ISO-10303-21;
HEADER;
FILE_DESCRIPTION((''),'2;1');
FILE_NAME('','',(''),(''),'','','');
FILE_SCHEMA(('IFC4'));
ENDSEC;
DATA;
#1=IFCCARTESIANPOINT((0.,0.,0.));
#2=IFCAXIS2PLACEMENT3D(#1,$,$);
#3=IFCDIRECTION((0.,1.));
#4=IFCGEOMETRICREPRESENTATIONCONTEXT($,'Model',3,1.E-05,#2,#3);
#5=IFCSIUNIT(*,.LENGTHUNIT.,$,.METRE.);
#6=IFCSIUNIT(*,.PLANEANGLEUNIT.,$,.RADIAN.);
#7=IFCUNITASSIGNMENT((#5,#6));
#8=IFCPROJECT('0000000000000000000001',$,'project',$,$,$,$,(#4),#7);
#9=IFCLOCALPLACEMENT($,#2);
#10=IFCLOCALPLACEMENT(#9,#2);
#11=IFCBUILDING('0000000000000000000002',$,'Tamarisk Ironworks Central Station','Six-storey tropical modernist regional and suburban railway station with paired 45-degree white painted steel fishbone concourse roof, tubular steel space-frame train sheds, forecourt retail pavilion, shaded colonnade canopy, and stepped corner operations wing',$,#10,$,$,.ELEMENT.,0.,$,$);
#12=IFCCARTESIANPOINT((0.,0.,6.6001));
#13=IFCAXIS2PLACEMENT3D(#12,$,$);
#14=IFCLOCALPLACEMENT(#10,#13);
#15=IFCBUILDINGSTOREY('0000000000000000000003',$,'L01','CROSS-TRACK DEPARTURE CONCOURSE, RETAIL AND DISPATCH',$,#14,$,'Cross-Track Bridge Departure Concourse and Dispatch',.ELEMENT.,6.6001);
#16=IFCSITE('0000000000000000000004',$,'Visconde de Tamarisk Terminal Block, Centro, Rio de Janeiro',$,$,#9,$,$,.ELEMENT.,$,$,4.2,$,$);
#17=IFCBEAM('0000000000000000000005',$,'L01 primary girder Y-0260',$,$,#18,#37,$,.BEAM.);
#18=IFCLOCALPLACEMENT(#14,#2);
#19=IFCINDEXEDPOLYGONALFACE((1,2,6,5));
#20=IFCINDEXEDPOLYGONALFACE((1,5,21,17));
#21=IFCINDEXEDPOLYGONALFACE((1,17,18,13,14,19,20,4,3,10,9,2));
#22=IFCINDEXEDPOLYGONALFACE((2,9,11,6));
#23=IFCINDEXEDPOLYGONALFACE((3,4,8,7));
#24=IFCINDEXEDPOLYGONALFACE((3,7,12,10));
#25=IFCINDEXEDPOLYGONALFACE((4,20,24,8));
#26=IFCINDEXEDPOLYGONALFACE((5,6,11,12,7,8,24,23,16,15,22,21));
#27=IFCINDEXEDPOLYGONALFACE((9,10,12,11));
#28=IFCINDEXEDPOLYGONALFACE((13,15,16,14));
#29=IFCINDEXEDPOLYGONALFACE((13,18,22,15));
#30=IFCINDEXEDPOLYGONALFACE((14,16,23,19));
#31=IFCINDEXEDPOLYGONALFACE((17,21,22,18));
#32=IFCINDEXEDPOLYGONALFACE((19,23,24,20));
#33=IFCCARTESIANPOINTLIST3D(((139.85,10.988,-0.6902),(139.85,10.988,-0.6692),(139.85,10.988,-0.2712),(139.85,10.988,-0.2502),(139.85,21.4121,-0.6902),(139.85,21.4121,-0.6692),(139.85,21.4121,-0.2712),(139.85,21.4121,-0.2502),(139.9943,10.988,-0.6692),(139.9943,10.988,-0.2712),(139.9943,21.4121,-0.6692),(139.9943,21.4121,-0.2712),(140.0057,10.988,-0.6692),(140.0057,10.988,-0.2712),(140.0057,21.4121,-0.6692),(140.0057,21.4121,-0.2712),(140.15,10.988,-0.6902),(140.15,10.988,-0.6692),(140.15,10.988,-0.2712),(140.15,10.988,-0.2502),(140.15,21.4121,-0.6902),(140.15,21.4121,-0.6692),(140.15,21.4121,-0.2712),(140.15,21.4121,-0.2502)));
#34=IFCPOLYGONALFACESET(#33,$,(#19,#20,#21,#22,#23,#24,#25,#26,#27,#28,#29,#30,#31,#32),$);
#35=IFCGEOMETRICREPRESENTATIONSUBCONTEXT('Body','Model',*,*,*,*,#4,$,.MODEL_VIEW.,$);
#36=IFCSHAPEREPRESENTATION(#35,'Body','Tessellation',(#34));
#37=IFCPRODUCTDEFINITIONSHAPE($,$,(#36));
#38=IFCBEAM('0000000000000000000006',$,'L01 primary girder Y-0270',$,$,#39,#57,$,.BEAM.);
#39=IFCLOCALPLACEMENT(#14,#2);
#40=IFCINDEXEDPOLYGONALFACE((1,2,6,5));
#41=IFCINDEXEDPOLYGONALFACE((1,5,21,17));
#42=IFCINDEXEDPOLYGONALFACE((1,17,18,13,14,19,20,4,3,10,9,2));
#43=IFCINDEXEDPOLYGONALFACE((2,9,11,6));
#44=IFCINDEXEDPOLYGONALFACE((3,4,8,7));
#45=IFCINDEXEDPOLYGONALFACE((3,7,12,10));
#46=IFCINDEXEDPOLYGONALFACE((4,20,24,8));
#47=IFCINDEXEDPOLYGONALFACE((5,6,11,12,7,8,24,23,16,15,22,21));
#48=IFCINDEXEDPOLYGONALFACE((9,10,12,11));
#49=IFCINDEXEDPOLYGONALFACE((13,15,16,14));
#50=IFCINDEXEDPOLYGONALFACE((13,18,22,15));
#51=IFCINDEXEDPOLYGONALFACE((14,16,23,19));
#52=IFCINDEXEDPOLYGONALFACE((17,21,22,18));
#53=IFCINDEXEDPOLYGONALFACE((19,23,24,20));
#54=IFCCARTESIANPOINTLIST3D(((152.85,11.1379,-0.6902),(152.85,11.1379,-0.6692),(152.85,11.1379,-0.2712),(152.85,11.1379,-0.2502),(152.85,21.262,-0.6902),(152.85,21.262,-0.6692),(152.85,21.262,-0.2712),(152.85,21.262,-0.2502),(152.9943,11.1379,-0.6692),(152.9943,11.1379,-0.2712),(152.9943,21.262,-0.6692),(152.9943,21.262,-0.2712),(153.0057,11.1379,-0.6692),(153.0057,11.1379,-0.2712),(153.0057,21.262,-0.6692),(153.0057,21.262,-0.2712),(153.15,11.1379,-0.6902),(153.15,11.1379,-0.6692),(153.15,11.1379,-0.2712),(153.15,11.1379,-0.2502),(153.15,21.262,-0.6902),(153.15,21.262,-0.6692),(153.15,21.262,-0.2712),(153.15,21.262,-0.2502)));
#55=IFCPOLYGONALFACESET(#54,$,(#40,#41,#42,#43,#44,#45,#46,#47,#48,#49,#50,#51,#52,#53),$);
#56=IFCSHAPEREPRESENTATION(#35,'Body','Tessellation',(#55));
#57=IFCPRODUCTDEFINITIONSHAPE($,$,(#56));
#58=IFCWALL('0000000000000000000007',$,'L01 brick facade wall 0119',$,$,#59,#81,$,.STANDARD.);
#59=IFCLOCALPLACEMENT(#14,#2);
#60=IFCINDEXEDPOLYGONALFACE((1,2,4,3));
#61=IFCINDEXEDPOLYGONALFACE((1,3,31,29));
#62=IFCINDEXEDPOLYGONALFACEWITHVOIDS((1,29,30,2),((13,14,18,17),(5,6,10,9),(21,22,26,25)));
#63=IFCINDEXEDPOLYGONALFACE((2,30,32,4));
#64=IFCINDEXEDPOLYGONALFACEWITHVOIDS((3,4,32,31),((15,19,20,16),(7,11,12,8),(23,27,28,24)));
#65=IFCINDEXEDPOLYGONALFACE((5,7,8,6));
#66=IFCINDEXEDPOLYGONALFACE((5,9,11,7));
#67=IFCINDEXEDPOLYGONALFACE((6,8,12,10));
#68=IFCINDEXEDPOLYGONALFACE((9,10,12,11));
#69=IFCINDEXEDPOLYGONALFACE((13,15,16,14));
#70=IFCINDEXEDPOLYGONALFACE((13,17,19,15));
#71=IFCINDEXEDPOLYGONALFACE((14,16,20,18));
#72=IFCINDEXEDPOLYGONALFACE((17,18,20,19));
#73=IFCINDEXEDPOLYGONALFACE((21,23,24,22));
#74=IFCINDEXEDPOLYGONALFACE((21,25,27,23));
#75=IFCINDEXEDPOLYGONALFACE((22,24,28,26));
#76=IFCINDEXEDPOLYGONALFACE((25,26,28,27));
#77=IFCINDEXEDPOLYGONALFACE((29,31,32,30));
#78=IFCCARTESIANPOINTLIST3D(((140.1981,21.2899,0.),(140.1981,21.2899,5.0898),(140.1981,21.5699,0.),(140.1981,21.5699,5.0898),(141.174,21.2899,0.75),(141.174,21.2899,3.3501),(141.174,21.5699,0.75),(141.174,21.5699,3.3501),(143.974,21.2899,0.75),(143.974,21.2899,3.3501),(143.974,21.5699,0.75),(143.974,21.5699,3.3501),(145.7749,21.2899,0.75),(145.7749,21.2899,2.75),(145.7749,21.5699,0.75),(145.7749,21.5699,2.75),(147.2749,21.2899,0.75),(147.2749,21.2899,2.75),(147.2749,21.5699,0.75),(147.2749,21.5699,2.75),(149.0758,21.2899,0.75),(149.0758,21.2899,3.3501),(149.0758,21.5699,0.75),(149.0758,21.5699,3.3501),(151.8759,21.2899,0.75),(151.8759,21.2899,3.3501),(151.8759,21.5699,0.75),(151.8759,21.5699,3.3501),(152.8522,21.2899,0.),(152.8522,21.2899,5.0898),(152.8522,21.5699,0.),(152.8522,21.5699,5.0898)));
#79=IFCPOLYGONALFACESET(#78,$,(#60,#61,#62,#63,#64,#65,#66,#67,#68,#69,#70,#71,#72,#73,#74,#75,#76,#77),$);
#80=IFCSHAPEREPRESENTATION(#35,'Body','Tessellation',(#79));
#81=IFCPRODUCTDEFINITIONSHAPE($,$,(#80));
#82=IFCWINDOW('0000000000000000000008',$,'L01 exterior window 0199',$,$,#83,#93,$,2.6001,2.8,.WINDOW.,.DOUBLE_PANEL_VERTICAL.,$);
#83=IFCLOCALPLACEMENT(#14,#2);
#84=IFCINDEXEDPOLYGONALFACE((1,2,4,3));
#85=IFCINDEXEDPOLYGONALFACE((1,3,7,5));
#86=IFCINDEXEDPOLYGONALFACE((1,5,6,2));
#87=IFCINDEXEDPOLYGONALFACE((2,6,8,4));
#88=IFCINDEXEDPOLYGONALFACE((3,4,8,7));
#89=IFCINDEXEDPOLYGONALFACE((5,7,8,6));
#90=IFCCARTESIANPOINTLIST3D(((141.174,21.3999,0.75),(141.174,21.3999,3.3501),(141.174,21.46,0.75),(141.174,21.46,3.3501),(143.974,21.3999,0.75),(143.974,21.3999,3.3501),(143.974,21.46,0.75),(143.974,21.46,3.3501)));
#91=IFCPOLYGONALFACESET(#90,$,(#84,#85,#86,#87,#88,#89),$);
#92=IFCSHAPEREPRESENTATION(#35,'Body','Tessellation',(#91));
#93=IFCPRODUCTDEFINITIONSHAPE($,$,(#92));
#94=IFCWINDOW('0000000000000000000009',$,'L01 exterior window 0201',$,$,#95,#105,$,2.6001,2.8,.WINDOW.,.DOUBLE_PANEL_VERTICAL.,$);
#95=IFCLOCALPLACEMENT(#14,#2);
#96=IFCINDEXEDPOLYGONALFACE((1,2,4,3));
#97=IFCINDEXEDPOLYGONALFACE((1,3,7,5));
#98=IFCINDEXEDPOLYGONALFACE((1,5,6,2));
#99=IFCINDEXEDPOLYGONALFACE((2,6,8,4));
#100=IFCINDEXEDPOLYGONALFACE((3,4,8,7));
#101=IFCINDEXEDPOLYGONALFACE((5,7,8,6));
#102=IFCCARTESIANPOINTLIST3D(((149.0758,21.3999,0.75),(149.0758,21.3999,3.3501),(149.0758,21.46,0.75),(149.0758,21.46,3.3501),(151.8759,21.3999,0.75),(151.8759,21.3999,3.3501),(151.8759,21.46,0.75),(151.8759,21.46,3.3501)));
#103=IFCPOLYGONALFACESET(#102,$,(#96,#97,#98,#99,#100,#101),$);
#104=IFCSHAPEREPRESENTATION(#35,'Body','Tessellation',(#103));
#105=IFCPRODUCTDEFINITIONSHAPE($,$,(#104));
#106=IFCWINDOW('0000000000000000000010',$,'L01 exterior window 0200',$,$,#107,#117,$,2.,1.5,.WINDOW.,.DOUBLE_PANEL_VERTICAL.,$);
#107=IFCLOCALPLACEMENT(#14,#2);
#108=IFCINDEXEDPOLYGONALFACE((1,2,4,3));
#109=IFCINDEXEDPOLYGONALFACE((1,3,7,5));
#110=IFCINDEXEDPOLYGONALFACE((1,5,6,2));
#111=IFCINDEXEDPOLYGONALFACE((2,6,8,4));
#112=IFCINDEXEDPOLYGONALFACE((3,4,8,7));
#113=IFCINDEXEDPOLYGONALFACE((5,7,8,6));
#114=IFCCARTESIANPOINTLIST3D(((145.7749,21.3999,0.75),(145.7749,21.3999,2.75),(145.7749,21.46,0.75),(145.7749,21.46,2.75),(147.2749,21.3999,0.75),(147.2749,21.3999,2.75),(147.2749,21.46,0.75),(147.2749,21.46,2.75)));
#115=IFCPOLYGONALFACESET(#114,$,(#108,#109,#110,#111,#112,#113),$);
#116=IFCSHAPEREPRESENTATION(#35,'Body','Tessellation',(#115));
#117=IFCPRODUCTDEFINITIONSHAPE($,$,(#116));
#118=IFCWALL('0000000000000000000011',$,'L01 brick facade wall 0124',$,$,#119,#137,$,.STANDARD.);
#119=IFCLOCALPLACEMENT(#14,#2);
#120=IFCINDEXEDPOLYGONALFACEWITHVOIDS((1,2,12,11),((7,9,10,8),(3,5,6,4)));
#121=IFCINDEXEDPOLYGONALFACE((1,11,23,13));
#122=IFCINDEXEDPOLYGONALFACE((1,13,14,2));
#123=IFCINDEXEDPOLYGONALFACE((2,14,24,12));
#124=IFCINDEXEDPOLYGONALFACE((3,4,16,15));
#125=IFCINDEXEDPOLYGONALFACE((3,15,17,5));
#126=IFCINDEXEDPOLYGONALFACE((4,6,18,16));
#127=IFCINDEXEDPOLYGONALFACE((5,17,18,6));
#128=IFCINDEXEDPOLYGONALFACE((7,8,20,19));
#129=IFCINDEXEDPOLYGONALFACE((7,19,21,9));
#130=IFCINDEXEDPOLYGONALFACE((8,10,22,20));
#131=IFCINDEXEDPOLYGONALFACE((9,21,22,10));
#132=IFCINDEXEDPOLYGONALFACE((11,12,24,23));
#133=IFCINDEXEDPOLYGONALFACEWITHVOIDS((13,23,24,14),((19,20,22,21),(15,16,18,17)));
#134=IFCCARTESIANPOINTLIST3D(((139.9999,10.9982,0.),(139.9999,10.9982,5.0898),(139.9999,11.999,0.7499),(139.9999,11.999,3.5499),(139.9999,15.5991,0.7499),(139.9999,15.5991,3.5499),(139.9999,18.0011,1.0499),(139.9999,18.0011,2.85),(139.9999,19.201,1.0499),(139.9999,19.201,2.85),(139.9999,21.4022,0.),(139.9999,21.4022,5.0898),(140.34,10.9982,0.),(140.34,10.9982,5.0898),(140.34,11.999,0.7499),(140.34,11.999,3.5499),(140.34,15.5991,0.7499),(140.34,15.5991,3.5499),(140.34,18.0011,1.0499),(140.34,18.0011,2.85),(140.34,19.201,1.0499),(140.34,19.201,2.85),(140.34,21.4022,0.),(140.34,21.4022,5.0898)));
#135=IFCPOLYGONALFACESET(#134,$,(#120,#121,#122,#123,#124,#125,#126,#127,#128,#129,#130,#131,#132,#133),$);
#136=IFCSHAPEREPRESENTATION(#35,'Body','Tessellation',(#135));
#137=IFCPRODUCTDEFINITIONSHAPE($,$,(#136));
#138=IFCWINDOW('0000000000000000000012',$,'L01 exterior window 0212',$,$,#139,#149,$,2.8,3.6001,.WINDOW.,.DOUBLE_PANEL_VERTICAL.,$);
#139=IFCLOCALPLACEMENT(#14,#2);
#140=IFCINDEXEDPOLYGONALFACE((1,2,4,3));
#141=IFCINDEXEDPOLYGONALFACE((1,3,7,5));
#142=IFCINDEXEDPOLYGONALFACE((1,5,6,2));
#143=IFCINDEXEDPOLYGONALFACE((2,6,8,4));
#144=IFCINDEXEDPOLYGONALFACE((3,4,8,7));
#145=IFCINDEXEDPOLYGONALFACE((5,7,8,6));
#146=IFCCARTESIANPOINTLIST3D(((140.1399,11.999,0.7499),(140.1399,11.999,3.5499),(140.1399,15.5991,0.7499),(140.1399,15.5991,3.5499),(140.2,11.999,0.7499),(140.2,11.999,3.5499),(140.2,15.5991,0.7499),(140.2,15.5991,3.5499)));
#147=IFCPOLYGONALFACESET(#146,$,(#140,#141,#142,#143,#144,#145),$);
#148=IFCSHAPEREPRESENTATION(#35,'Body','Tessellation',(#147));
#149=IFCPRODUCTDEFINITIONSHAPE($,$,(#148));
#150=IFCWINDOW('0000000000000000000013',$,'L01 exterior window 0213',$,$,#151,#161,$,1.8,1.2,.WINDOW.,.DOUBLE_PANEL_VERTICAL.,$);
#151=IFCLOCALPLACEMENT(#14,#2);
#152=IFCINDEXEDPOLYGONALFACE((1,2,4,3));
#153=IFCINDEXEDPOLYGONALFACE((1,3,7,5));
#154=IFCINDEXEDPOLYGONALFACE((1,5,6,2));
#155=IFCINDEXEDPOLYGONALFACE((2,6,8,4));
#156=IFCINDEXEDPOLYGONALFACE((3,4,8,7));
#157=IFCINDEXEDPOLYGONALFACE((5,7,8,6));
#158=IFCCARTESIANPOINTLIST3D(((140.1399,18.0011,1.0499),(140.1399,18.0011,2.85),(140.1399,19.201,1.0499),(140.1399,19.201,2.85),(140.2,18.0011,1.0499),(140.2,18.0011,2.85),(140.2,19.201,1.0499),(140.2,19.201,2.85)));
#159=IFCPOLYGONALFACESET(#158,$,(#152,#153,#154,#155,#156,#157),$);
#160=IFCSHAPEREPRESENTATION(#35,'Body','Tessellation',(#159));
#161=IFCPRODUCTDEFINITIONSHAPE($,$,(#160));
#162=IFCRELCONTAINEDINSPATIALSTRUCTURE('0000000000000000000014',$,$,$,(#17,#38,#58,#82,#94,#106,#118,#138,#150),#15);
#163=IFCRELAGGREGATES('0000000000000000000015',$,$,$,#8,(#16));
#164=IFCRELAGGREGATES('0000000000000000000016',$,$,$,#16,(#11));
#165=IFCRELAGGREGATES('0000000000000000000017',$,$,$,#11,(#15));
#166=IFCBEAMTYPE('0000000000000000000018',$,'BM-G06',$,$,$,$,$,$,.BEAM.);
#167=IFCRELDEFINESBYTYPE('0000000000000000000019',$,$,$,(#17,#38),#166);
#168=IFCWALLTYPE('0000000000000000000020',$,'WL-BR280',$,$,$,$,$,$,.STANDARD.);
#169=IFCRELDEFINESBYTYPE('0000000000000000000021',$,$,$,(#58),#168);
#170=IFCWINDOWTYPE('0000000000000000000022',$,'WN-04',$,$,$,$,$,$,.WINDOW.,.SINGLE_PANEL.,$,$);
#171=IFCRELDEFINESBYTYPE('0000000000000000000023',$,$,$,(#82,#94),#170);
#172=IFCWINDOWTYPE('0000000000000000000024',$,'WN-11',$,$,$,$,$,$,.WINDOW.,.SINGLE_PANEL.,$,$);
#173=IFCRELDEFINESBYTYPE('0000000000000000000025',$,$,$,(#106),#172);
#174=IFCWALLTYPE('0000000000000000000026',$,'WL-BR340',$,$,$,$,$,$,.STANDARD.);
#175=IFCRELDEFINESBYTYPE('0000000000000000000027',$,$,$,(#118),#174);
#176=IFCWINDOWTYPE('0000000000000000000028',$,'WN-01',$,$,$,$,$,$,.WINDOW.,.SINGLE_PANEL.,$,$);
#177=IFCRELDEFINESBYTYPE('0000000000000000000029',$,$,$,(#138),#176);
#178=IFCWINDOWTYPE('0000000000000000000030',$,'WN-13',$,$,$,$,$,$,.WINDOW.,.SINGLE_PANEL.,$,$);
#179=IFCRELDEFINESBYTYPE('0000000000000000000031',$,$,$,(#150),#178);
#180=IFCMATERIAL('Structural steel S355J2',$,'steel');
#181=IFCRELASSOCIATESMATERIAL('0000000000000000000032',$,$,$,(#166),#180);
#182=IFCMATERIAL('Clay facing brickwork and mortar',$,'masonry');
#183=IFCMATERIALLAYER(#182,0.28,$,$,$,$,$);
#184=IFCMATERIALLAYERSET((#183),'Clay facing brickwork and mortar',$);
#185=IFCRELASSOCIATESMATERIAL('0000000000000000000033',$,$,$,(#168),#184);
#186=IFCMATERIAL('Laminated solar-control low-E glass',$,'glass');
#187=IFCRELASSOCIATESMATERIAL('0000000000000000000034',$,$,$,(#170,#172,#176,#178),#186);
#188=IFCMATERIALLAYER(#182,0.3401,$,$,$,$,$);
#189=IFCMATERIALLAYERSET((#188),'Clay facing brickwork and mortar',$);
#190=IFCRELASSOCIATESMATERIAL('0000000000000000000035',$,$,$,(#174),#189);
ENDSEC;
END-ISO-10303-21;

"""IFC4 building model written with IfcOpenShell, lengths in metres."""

from ifc_helpers import new_model, si_unit, direction, frame, frame_2d, origin, origin_2d, place, context, subcontext, project, spatial, rectangle, i_section, extrude, material, layer, layer_set, material_profile, profile_set, type_object, element, fill, save


model = new_model("IFC4")

# Units and contexts
model_context = context("Model", 3, precision=1e-05, world=origin(), true_north=direction((0.0, 1.0)))
body_context = subcontext(model_context, "Body", "Model", "MODEL_VIEW")
ifc_project = project(units=[si_unit("LENGTHUNIT", "METRE"), si_unit("PLANEANGLEUNIT", "RADIAN")], contexts=[model_context])

# Site, building, storey
site_placement = place(None, origin())
site = spatial("IfcSite", under=ifc_project, at=site_placement, Name="Visconde de Tamarisk Terminal Block, Centro, Rio de Janeiro", CompositionType="ELEMENT", RefElevation=4.2)
building_placement = place(site_placement, origin())
building = spatial("IfcBuilding", under=site, at=building_placement, Name="Tamarisk Ironworks Central Station", Description="Six-storey tropical modernist regional and suburban railway station with paired 45-degree white painted steel fishbone concourse roof, tubular steel space-frame train sheds, forecourt retail pavilion, shaded colonnade canopy, and stepped corner operations wing", CompositionType="ELEMENT", ElevationOfRefHeight=0.0)
storey_placement = place(building_placement, frame((0.0, 0.0, 6.6001)))
storey = spatial("IfcBuildingStorey", under=building, at=storey_placement, Name="L01", Description="CROSS-TRACK DEPARTURE CONCOURSE, RETAIL AND DISPATCH", LongName="Cross-Track Bridge Departure Concourse and Dispatch", CompositionType="ELEMENT", Elevation=6.6001)

# Shared definitions
ifc_material_1 = material(Name="Structural steel S355J2", Category="steel")

# Beams
ifc_material_profile_1 = material_profile(ifc_material_1, i_section(OverallWidth=0.3, OverallDepth=0.4399, WebThickness=0.0115, FlangeThickness=0.021, at=origin_2d()), Name="HEA 450")
ifc_profile_set_1 = profile_set([ifc_material_profile_1], Name="Structural steel S355J2")
beam_type_1 = type_object("IfcBeamType", Name="BM-G06", PredefinedType="BEAM", material=ifc_profile_set_1)
beam_1_placement = place(storey_placement, frame((140.0, 10.988, -0.4702), z_axis=(0.0, 1.0, 0.0), x_axis=(-1.0, 0.0, 0.0)))
element("IfcBeam", 1, at=beam_1_placement, inside=storey, type_object=beam_type_1, Name="L01 primary girder Y-0260", PredefinedType="BEAM", context=body_context, shape_type="SweptSolid", body=[
    extrude(i_section(OverallWidth=0.3, OverallDepth=0.4399, WebThickness=0.0115, FlangeThickness=0.021, at=origin_2d()), origin(), (0.0, 0.0, 1.0), 10.4241),
])
beam_2_placement = place(storey_placement, frame((153.0, 11.1379, -0.4702), z_axis=(0.0, 1.0, 0.0), x_axis=(-1.0, 0.0, 0.0)))
element("IfcBeam", 2, at=beam_2_placement, inside=storey, type_object=beam_type_1, Name="L01 primary girder Y-0270", PredefinedType="BEAM", context=body_context, shape_type="SweptSolid", body=[
    extrude(i_section(OverallWidth=0.3, OverallDepth=0.4399, WebThickness=0.0115, FlangeThickness=0.021, at=origin_2d()), origin(), (0.0, 0.0, 1.0), 10.124),
])

# Walls, openings, windows
ifc_material_2 = material(Name="Clay facing brickwork and mortar", Category="masonry")
ifc_layer_1 = layer(ifc_material_2, 0.28)
ifc_layer_set_1 = layer_set([ifc_layer_1], Name="Clay facing brickwork and mortar")
wall_type_1 = type_object("IfcWallType", Name="WL-BR280", PredefinedType="STANDARD", material=ifc_layer_set_1)
wall_1_placement = place(storey_placement, frame((140.198, 21.4299, 0.0), z_axis=(0.0, 0.0, 1.0), x_axis=(1.0, 0.0, 0.0)))
wall_1 = element("IfcWall", 3, at=wall_1_placement, inside=storey, type_object=wall_type_1, Name="L01 brick facade wall 0119", PredefinedType="STANDARD", context=body_context, shape_type="SweptSolid", body=[
    extrude(rectangle(XDim=12.6541, YDim=0.28, at=frame_2d((6.3271, 0.0))), origin(), (0.0, 0.0, 1.0), 5.0898),
])
opening_1_placement = place(wall_1_placement, frame((0.9761, 0.0, 0.75)))
opening_1 = element("IfcOpeningElement", 4, at=opening_1_placement, cuts=wall_1, PredefinedType="OPENING", context=body_context, shape_type="SweptSolid", body=[
    extrude(rectangle(XDim=2.8, YDim=2.6001, at=frame_2d((1.3999, 1.3))), frame((0.0, 0.1519, 0.0), z_axis=(0.0, -1.0, 0.0), x_axis=(1.0, 0.0, 0.0)), (0.0, 0.0, 1.0), 0.304),
])
opening_2_placement = place(wall_1_placement, frame((5.5769, 0.0, 0.75)))
opening_2 = element("IfcOpeningElement", 5, at=opening_2_placement, cuts=wall_1, PredefinedType="OPENING", context=body_context, shape_type="SweptSolid", body=[
    extrude(rectangle(XDim=1.5, YDim=2.0, at=frame_2d((0.75, 1.0))), frame((0.0, 0.1519, 0.0), z_axis=(0.0, -1.0, 0.0), x_axis=(1.0, 0.0, 0.0)), (0.0, 0.0, 1.0), 0.304),
])
opening_3_placement = place(wall_1_placement, frame((8.8779, 0.0, 0.75)))
opening_3 = element("IfcOpeningElement", 6, at=opening_3_placement, cuts=wall_1, PredefinedType="OPENING", context=body_context, shape_type="SweptSolid", body=[
    extrude(rectangle(XDim=2.8, YDim=2.6001, at=frame_2d((1.3999, 1.3))), frame((0.0, 0.1519, 0.0), z_axis=(0.0, -1.0, 0.0), x_axis=(1.0, 0.0, 0.0)), (0.0, 0.0, 1.0), 0.304),
])
ifc_material_3 = material(Name="Laminated solar-control low-E glass", Category="glass")
window_type_1 = type_object("IfcWindowType", Name="WN-04", PartitioningType="SINGLE_PANEL", PredefinedType="WINDOW", material=ifc_material_3)
window_1_placement = place(opening_1_placement, origin())
window_1 = element("IfcWindow", 7, at=window_1_placement, inside=storey, type_object=window_type_1, Name="L01 exterior window 0199", OverallHeight=2.6001, OverallWidth=2.8, PartitioningType="DOUBLE_PANEL_VERTICAL", PredefinedType="WINDOW", context=body_context, shape_type="SweptSolid", body=[
    extrude(rectangle(XDim=2.8, YDim=2.6001, at=frame_2d((1.3999, 1.3))), frame((0.0, 0.03, 0.0), z_axis=(0.0, -1.0, 0.0), x_axis=(1.0, 0.0, 0.0)), (0.0, 0.0, 1.0), 0.0601),
])
fill(opening_1, window_1)
window_2_placement = place(opening_3_placement, origin())
window_2 = element("IfcWindow", 8, at=window_2_placement, inside=storey, type_object=window_type_1, Name="L01 exterior window 0201", OverallHeight=2.6001, OverallWidth=2.8, PartitioningType="DOUBLE_PANEL_VERTICAL", PredefinedType="WINDOW", context=body_context, shape_type="SweptSolid", body=[
    extrude(rectangle(XDim=2.8, YDim=2.6001, at=frame_2d((1.3999, 1.3))), frame((0.0, 0.03, 0.0), z_axis=(0.0, -1.0, 0.0), x_axis=(1.0, 0.0, 0.0)), (0.0, 0.0, 1.0), 0.0601),
])
fill(opening_3, window_2)
window_type_2 = type_object("IfcWindowType", Name="WN-11", PartitioningType="SINGLE_PANEL", PredefinedType="WINDOW", material=ifc_material_3)
window_3_placement = place(opening_2_placement, origin())
window_3 = element("IfcWindow", 9, at=window_3_placement, inside=storey, type_object=window_type_2, Name="L01 exterior window 0200", OverallHeight=2.0, OverallWidth=1.5, PartitioningType="DOUBLE_PANEL_VERTICAL", PredefinedType="WINDOW", context=body_context, shape_type="SweptSolid", body=[
    extrude(rectangle(XDim=1.5, YDim=2.0, at=frame_2d((0.75, 1.0))), frame((0.0, 0.03, 0.0), z_axis=(0.0, -1.0, 0.0), x_axis=(1.0, 0.0, 0.0)), (0.0, 0.0, 1.0), 0.0601),
])
fill(opening_2, window_3)
ifc_layer_2 = layer(ifc_material_2, 0.3401)
ifc_layer_set_2 = layer_set([ifc_layer_2], Name="Clay facing brickwork and mortar")
wall_type_2 = type_object("IfcWallType", Name="WL-BR340", PredefinedType="STANDARD", material=ifc_layer_set_2)
wall_2_placement = place(storey_placement, frame((140.1699, 10.998, 0.0), z_axis=(0.0, 0.0, 1.0), x_axis=(0.0, 1.0, 0.0)))
wall_2 = element("IfcWall", 10, at=wall_2_placement, inside=storey, type_object=wall_type_2, Name="L01 brick facade wall 0124", PredefinedType="STANDARD", context=body_context, shape_type="SweptSolid", body=[
    extrude(rectangle(XDim=10.4041, YDim=0.3401, at=frame_2d((5.2021, 0.0))), origin(), (0.0, 0.0, 1.0), 5.0898),
])
opening_4_placement = place(wall_2_placement, frame((1.001, 0.0, 0.75)))
opening_4 = element("IfcOpeningElement", 11, at=opening_4_placement, cuts=wall_2, PredefinedType="OPENING", context=body_context, shape_type="SweptSolid", body=[
    extrude(rectangle(XDim=3.6001, YDim=2.8, at=frame_2d((1.8, 1.3999))), frame((0.0, 0.1821, 0.0), z_axis=(0.0, -1.0, 0.0), x_axis=(1.0, 0.0, 0.0)), (0.0, 0.0, 1.0), 0.364),
])
opening_5_placement = place(wall_2_placement, frame((7.0029, 0.0, 1.05)))
opening_5 = element("IfcOpeningElement", 12, at=opening_5_placement, cuts=wall_2, PredefinedType="OPENING", context=body_context, shape_type="SweptSolid", body=[
    extrude(rectangle(XDim=1.2, YDim=1.8, at=frame_2d((0.6001, 0.8999))), frame((0.0, 0.1821, 0.0), z_axis=(0.0, -1.0, 0.0), x_axis=(1.0, 0.0, 0.0)), (0.0, 0.0, 1.0), 0.364),
])
window_type_3 = type_object("IfcWindowType", Name="WN-01", PartitioningType="SINGLE_PANEL", PredefinedType="WINDOW", material=ifc_material_3)
window_4_placement = place(opening_4_placement, origin())
window_4 = element("IfcWindow", 13, at=window_4_placement, inside=storey, type_object=window_type_3, Name="L01 exterior window 0212", OverallHeight=2.8, OverallWidth=3.6001, PartitioningType="DOUBLE_PANEL_VERTICAL", PredefinedType="WINDOW", context=body_context, shape_type="SweptSolid", body=[
    extrude(rectangle(XDim=3.6001, YDim=2.8, at=frame_2d((1.8, 1.3999))), frame((0.0, 0.03, 0.0), z_axis=(0.0, -1.0, 0.0), x_axis=(1.0, 0.0, 0.0)), (0.0, 0.0, 1.0), 0.0601),
])
fill(opening_4, window_4)
window_type_4 = type_object("IfcWindowType", Name="WN-13", PartitioningType="SINGLE_PANEL", PredefinedType="WINDOW", material=ifc_material_3)
window_5_placement = place(opening_5_placement, origin())
window_5 = element("IfcWindow", 14, at=window_5_placement, inside=storey, type_object=window_type_4, Name="L01 exterior window 0213", OverallHeight=1.8, OverallWidth=1.2, PartitioningType="DOUBLE_PANEL_VERTICAL", PredefinedType="WINDOW", context=body_context, shape_type="SweptSolid", body=[
    extrude(rectangle(XDim=1.2, YDim=1.8, at=frame_2d((0.6001, 0.8999))), frame((0.0, 0.03, 0.0), z_axis=(0.0, -1.0, 0.0), x_axis=(1.0, 0.0, 0.0)), (0.0, 0.0, 1.0), 0.0601),
])
fill(opening_5, window_5)

save(model, "model.ifc")
